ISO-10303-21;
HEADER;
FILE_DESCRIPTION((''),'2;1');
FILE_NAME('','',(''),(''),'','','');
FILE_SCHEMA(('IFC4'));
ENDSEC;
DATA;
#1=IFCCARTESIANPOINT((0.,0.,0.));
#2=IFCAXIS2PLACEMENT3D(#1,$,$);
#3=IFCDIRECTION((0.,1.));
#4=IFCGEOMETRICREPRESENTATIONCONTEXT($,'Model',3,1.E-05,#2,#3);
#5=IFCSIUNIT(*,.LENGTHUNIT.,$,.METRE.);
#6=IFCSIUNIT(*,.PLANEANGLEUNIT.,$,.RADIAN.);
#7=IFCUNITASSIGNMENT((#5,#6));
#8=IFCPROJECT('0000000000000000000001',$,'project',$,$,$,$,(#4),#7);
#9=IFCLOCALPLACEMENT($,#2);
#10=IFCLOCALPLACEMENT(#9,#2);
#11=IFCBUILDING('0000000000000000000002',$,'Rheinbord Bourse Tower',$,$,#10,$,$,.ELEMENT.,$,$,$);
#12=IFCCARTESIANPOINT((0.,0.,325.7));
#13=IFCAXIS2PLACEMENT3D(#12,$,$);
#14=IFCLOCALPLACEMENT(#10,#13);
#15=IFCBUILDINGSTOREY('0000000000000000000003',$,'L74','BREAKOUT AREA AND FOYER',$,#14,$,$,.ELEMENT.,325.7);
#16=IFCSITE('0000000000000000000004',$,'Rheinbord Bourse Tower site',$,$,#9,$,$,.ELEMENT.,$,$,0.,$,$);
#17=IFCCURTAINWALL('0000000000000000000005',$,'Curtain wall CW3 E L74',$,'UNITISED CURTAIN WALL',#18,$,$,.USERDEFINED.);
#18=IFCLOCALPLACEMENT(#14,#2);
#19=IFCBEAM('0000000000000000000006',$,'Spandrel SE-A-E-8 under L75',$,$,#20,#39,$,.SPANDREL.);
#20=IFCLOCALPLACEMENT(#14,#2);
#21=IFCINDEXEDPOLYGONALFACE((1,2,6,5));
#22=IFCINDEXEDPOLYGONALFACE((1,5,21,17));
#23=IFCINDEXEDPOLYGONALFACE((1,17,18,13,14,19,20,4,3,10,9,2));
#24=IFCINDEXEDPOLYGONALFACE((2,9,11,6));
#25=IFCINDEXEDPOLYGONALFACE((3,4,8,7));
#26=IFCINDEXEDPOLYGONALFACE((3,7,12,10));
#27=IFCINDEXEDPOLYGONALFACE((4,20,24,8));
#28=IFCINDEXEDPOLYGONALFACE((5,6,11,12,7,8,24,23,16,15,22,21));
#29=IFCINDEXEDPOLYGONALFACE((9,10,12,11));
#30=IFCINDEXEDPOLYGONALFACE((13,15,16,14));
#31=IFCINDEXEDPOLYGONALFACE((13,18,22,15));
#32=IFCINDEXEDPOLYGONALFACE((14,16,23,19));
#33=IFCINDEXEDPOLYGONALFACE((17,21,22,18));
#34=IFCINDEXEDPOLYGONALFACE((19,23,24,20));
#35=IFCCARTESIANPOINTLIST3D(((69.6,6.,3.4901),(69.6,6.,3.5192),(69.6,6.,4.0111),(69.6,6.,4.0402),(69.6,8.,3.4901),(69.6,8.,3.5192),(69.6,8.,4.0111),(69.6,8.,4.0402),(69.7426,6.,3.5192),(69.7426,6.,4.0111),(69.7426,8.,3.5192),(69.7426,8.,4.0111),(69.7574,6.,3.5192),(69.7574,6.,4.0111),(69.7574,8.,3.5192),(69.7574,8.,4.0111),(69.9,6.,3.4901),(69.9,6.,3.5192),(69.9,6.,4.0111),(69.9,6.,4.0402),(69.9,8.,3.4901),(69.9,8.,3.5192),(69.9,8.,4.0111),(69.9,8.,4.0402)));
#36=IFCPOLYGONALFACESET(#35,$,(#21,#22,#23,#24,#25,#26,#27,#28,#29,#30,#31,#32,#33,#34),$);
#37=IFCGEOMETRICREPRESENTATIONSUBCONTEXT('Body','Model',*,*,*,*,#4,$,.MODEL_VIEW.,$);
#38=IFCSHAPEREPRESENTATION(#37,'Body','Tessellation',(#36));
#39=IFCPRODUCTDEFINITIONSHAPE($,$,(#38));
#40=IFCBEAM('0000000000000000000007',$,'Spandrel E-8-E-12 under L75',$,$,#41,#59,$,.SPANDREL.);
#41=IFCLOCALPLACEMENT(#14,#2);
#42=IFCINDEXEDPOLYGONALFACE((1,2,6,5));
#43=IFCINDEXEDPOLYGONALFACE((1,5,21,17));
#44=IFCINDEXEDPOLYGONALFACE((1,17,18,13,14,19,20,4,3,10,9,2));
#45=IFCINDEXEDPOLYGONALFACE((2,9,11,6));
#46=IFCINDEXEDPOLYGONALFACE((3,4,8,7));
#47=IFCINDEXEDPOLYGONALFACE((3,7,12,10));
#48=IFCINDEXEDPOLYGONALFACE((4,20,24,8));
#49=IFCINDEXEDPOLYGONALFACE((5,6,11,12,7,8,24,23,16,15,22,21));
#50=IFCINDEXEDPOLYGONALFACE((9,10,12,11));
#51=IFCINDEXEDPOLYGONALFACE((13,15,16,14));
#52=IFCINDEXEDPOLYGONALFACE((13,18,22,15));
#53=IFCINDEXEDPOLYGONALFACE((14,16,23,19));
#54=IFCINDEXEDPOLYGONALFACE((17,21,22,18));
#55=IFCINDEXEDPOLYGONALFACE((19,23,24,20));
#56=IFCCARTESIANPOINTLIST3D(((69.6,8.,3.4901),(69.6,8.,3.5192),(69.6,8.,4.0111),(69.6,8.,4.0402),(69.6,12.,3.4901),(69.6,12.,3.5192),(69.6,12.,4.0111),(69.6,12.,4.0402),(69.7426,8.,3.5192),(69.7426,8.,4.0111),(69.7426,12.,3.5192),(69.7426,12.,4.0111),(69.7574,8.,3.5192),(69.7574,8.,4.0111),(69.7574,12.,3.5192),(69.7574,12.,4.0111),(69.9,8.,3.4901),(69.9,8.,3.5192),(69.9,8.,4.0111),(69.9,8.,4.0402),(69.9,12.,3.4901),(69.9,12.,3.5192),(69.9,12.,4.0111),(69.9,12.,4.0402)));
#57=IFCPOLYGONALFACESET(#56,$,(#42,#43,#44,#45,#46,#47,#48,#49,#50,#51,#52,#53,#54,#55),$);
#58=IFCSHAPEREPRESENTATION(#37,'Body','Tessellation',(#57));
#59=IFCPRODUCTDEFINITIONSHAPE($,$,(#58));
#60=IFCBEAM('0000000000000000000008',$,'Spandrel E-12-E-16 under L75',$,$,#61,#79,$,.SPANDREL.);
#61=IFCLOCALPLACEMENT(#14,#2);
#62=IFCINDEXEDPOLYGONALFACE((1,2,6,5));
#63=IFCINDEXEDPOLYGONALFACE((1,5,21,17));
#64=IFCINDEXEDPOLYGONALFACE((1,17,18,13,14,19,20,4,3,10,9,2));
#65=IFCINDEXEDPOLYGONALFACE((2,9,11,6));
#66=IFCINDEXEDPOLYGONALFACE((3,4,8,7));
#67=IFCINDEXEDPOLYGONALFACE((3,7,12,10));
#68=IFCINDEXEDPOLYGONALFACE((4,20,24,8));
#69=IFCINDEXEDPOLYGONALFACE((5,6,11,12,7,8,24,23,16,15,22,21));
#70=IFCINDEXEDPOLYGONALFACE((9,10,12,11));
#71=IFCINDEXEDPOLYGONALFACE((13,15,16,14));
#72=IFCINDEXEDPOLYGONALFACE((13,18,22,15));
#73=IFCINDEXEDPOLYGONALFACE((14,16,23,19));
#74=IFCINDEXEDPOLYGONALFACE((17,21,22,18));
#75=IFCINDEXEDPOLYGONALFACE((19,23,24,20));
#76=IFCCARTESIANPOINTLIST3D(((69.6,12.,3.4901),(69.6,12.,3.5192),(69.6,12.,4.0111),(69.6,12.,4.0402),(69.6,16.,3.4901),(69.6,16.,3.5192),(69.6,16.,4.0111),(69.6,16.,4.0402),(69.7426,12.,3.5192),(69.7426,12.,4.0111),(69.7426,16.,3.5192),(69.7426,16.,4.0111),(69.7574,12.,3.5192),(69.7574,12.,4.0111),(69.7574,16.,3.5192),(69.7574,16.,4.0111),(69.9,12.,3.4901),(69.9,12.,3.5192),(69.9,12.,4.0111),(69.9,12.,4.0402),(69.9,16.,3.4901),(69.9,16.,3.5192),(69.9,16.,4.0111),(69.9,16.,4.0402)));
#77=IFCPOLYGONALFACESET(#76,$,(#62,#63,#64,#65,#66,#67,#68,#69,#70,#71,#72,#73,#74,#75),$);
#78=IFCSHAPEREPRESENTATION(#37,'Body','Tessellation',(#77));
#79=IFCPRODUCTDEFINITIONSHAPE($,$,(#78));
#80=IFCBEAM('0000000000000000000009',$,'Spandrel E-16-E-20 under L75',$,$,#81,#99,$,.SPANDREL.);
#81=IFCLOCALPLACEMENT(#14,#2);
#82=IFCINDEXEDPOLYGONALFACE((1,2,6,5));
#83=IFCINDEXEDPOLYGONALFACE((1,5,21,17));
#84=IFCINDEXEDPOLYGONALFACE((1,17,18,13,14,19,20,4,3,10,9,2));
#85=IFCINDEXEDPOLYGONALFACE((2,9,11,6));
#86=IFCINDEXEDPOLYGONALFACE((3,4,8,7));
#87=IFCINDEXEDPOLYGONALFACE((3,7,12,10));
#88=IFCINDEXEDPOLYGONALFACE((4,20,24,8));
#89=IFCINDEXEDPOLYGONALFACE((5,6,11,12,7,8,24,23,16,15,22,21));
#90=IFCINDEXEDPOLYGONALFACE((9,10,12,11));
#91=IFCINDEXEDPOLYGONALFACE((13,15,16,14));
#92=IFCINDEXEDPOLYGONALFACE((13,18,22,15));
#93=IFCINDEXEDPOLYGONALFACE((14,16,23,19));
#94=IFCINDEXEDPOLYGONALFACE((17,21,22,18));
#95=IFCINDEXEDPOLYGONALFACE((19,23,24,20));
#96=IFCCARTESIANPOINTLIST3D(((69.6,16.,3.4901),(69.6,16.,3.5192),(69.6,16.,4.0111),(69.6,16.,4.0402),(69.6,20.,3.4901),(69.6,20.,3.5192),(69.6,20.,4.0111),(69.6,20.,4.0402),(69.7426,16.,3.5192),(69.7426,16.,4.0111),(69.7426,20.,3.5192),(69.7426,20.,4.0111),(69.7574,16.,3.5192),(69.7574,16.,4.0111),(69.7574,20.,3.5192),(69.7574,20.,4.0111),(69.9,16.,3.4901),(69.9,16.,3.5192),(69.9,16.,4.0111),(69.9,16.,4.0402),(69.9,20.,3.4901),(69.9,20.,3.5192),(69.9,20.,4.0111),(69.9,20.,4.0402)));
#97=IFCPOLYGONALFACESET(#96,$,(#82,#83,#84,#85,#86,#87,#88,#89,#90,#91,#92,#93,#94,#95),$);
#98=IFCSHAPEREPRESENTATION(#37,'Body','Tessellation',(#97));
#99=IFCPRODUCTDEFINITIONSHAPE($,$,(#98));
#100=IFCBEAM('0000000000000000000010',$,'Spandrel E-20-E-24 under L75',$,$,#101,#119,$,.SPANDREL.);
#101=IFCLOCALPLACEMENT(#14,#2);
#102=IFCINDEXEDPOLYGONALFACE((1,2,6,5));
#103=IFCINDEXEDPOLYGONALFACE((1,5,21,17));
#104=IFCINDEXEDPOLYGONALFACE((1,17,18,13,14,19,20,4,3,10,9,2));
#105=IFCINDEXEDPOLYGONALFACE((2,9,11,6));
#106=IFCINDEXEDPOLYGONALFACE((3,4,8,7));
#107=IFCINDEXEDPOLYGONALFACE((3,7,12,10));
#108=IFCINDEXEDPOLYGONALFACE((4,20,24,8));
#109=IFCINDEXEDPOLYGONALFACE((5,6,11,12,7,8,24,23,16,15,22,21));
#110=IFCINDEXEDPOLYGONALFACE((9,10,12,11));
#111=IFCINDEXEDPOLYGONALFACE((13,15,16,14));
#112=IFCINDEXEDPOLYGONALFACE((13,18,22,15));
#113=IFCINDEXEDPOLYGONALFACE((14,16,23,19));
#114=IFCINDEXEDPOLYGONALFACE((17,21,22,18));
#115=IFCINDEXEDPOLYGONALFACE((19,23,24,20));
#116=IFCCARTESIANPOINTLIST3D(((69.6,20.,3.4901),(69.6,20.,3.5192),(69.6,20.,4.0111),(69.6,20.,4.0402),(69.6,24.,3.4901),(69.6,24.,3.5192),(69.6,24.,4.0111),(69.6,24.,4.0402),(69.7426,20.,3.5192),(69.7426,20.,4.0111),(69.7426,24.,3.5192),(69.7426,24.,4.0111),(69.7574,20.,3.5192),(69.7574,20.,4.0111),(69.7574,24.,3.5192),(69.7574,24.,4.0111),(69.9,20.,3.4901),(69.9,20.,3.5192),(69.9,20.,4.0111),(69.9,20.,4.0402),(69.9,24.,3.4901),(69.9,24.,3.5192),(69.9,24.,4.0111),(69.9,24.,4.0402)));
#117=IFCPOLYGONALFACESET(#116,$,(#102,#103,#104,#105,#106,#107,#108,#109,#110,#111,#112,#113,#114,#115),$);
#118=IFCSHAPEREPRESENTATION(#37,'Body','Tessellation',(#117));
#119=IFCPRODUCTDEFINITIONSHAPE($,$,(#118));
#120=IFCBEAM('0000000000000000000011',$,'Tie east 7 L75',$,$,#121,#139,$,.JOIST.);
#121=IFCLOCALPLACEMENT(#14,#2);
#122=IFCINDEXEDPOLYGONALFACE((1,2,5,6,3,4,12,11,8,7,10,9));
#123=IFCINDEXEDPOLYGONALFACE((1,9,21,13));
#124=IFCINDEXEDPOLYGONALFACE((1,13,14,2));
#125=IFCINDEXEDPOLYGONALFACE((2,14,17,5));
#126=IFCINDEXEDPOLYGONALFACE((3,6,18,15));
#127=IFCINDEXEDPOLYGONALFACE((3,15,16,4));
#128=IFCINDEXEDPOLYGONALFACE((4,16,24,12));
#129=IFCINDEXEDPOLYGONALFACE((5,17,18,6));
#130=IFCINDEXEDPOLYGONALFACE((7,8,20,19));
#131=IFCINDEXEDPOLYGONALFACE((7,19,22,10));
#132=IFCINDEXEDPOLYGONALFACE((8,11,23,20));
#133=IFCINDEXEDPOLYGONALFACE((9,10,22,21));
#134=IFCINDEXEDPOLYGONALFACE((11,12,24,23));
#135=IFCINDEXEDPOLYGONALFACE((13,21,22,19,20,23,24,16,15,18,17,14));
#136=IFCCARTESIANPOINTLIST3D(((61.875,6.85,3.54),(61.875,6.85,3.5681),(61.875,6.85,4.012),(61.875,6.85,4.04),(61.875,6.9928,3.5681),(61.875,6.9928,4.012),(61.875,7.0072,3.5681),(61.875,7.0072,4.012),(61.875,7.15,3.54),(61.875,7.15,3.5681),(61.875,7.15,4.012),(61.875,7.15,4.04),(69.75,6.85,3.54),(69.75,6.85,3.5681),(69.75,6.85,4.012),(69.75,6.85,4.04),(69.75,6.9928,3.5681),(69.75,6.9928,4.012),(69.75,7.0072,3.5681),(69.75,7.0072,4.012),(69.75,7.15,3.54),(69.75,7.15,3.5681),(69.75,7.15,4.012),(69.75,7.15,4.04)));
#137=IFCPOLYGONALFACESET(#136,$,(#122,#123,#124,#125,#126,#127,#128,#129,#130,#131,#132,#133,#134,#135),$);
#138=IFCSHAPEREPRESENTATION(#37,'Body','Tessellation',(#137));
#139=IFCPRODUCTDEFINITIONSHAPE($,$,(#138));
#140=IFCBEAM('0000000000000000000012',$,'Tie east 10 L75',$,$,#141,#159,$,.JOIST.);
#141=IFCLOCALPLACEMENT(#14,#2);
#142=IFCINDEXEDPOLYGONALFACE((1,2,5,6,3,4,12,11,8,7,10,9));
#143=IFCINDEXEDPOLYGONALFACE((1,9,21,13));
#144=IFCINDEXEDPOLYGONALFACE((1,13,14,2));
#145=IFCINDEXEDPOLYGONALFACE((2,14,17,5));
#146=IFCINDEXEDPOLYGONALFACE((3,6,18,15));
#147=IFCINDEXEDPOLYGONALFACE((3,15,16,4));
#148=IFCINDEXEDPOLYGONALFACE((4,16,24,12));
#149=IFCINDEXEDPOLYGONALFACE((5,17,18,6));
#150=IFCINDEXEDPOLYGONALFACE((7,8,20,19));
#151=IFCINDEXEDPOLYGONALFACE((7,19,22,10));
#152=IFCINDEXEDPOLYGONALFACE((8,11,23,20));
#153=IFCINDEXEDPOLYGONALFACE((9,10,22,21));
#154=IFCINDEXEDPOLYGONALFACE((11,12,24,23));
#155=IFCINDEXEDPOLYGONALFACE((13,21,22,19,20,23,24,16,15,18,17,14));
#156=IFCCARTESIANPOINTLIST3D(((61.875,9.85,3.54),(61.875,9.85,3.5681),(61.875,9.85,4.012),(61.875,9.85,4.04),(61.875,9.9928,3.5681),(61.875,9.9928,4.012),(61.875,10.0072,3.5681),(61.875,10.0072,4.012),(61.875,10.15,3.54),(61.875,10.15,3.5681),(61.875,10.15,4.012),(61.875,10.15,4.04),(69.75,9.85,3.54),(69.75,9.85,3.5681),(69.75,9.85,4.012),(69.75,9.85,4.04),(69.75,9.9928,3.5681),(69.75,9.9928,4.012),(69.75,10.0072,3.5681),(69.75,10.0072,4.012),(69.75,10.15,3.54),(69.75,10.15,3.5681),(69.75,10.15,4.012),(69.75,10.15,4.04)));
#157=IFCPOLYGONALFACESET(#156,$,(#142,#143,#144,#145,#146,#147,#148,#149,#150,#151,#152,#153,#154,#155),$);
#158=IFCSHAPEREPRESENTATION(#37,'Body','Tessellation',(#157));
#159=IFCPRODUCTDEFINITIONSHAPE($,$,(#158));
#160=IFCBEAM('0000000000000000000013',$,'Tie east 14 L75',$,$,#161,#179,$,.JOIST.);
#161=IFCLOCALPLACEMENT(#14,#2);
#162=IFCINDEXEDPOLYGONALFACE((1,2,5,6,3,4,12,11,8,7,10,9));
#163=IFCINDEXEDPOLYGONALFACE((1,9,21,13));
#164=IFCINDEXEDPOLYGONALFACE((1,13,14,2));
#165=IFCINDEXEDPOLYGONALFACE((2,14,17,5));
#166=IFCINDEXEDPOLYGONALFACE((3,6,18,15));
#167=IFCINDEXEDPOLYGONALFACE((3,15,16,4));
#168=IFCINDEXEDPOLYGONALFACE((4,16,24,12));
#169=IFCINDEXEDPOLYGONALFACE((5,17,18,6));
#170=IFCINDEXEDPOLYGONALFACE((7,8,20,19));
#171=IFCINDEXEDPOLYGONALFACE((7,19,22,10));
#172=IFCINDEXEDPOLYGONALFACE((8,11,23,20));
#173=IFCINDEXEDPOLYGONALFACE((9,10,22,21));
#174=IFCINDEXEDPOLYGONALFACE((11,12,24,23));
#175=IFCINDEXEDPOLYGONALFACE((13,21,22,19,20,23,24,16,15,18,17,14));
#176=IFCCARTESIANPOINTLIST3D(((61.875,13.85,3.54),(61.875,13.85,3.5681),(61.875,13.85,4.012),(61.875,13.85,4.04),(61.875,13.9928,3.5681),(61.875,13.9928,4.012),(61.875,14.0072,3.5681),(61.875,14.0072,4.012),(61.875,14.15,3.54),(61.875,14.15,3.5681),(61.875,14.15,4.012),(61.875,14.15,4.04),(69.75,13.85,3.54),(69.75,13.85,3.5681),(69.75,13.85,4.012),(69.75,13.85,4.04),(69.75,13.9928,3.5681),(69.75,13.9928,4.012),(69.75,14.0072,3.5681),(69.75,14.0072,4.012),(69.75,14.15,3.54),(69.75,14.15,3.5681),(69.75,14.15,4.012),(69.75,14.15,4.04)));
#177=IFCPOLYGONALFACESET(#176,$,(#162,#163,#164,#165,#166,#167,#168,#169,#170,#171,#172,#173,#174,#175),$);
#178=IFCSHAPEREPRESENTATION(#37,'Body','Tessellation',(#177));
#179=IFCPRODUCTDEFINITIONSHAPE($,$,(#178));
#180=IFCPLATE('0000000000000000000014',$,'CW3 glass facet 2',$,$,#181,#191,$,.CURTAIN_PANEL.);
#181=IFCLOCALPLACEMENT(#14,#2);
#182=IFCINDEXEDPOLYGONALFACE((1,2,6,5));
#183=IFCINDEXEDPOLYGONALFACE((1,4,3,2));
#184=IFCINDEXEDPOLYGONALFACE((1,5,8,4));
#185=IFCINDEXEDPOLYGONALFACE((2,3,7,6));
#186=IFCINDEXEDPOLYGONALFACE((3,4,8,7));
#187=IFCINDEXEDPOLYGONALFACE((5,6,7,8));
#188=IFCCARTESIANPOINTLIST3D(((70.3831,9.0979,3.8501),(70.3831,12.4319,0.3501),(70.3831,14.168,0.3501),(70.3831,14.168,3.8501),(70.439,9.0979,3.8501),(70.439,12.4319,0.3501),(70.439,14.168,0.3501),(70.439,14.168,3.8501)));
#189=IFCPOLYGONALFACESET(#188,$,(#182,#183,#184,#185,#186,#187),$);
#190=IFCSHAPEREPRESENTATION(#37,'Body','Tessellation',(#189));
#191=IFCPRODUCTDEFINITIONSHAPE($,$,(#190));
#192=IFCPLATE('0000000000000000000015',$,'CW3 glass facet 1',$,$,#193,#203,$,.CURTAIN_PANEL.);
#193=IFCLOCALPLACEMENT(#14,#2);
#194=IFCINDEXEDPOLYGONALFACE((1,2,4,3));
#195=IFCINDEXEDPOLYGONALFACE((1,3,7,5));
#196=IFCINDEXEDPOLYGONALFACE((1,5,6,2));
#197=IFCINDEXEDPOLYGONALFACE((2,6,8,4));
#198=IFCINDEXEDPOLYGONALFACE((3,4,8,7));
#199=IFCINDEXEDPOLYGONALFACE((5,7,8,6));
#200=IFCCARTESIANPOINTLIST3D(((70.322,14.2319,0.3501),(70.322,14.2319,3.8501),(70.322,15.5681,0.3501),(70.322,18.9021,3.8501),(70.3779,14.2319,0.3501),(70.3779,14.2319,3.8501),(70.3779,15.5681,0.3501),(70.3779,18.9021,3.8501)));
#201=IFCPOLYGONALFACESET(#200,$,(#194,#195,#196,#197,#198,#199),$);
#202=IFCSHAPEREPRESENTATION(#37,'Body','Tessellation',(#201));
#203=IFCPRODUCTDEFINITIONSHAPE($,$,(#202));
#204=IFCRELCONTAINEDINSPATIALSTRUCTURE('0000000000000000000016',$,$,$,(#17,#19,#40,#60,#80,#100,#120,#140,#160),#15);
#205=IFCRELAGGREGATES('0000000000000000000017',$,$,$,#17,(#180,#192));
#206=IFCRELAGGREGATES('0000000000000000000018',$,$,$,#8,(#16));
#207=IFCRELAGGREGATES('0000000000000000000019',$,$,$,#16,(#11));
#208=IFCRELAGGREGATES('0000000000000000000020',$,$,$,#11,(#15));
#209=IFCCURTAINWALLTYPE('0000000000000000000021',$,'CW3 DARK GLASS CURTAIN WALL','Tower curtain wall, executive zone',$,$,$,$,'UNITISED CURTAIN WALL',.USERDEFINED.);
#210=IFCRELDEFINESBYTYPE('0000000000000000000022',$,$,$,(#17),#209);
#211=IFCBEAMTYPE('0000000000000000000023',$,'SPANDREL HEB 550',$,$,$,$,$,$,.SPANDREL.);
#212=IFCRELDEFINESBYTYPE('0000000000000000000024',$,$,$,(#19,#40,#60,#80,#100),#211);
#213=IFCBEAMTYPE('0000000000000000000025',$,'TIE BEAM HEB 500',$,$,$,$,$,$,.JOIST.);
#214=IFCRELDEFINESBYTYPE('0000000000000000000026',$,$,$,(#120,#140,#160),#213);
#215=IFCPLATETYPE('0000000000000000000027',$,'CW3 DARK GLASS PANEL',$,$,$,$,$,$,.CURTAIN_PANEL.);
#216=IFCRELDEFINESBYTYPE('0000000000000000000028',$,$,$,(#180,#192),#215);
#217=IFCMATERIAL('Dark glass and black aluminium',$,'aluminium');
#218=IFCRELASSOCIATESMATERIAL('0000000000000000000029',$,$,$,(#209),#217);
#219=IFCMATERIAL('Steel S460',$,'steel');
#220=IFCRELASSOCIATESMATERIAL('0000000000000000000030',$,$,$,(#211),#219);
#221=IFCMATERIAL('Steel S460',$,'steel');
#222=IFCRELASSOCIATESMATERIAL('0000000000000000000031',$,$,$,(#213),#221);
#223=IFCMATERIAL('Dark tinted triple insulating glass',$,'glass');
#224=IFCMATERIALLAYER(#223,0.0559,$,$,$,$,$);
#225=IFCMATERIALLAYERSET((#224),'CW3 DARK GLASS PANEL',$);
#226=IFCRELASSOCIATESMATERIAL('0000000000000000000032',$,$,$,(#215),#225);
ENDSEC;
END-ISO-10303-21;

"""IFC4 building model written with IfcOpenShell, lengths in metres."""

from ifc_helpers import new_model, si_unit, direction, frame, origin, origin_2d, place, context, subcontext, project, spatial, polyline, i_section, outline, extrude, material, layer, layer_set, material_profile, profile_set, type_object, element, aggregate, save


model = new_model("IFC4")

# Units and contexts
model_context = context("Model", 3, precision=1e-05, world=origin(), true_north=direction((0.0, 1.0)))
body_context = subcontext(model_context, "Body", "Model", "MODEL_VIEW")
ifc_project = project(units=[si_unit("LENGTHUNIT", "METRE"), si_unit("PLANEANGLEUNIT", "RADIAN")], contexts=[model_context])

# Site, building, storey
site_placement = place(None, origin())
site = spatial("IfcSite", under=ifc_project, at=site_placement, Name="Rheinbord Bourse Tower site", CompositionType="ELEMENT", RefElevation=0.0)
building_placement = place(site_placement, origin())
building = spatial("IfcBuilding", under=site, at=building_placement, Name="Rheinbord Bourse Tower", CompositionType="ELEMENT")
storey_placement = place(building_placement, frame((0.0, 0.0, 325.7)))
storey = spatial("IfcBuildingStorey", under=building, at=storey_placement, Name="L74", Description="BREAKOUT AREA AND FOYER", CompositionType="ELEMENT", Elevation=325.7)

# Curtain wall
ifc_material_1 = material(Name="Dark glass and black aluminium", Category="aluminium")
curtain_wall_type = type_object("IfcCurtainWallType", Name="CW3 DARK GLASS CURTAIN WALL", Description="Tower curtain wall, executive zone", ElementType="UNITISED CURTAIN WALL", PredefinedType="USERDEFINED", material=ifc_material_1)
curtain_wall_placement = place(storey_placement, origin())
curtain_wall = element("IfcCurtainWall", 1, at=curtain_wall_placement, inside=storey, type_object=curtain_wall_type, Name="Curtain wall CW3 E L74", ObjectType="UNITISED CURTAIN WALL", PredefinedType="USERDEFINED")

# Beams
ifc_material_2 = material(Name="Steel S460", Category="steel")
ifc_material_profile_1 = material_profile(ifc_material_2, i_section(OverallWidth=0.3, OverallDepth=0.55, WebThickness=0.0149, FlangeThickness=0.0291, at=origin_2d()), Name="HEB 550")
ifc_profile_set_1 = profile_set([ifc_material_profile_1], Name="Steel S460")
beam_type_1 = type_object("IfcBeamType", Name="SPANDREL HEB 550", PredefinedType="SPANDREL", material=ifc_profile_set_1)
beam_1_placement = place(storey_placement, frame((69.75, 6.0, 3.7651), z_axis=(0.0, 1.0, 0.0), x_axis=(-1.0, 0.0, 0.0)))
element("IfcBeam", 2, at=beam_1_placement, inside=storey, type_object=beam_type_1, Name="Spandrel SE-A-E-8 under L75", PredefinedType="SPANDREL", context=body_context, shape_type="SweptSolid", body=[
    extrude(i_section(OverallWidth=0.3, OverallDepth=0.55, WebThickness=0.0149, FlangeThickness=0.0291, at=origin_2d()), origin(), (0.0, 0.0, 1.0), 2.0),
])
for number, where, z_axis, x_axis, name in (
    (3, (69.75, 8.0, 3.7651), (0.0, 1.0, 0.0), (-1.0, 0.0, 0.0), "Spandrel E-8-E-12 under L75"),
    (4, (69.75, 12.0, 3.7651), (0.0, 1.0, 0.0), (-1.0, 0.0, 0.0), "Spandrel E-12-E-16 under L75"),
    (5, (69.75, 16.0, 3.7651), (0.0, 1.0, 0.0), (-1.0, 0.0, 0.0), "Spandrel E-16-E-20 under L75"),
    (6, (69.75, 20.0, 3.7651), (0.0, 1.0, 0.0), (-1.0, 0.0, 0.0), "Spandrel E-20-E-24 under L75"),
):
    element("IfcBeam", number, at=place(storey_placement, frame(where, z_axis=z_axis, x_axis=x_axis)), inside=storey, type_object=beam_type_1, Name=name, PredefinedType="SPANDREL", context=body_context, shape_type="SweptSolid", body=[
        extrude(i_section(OverallWidth=0.3, OverallDepth=0.55, WebThickness=0.0149, FlangeThickness=0.0291, at=origin_2d()), origin(), (0.0, 0.0, 1.0), 4.0),
    ])
ifc_material_3 = material(Name="Steel S460", Category="steel")
ifc_material_profile_2 = material_profile(ifc_material_3, i_section(OverallWidth=0.3, OverallDepth=0.5, WebThickness=0.0144, FlangeThickness=0.0281, at=origin_2d()), Name="HEB 500")
ifc_profile_set_2 = profile_set([ifc_material_profile_2], Name="Steel S460")
beam_type_2 = type_object("IfcBeamType", Name="TIE BEAM HEB 500", PredefinedType="JOIST", material=ifc_profile_set_2)
for number, where, z_axis, x_axis, name in (
    (7, (61.875, 7.0, 3.79), (1.0, 0.0, 0.0), (0.0, 1.0, 0.0), "Tie east 7 L75"),
    (8, (61.875, 10.0, 3.79), (1.0, 0.0, 0.0), (0.0, 1.0, 0.0), "Tie east 10 L75"),
    (9, (61.875, 14.0, 3.79), (1.0, 0.0, 0.0), (0.0, 1.0, 0.0), "Tie east 14 L75"),
):
    element("IfcBeam", number, at=place(storey_placement, frame(where, z_axis=z_axis, x_axis=x_axis)), inside=storey, type_object=beam_type_2, Name=name, PredefinedType="JOIST", context=body_context, shape_type="SweptSolid", body=[
        extrude(i_section(OverallWidth=0.3, OverallDepth=0.5, WebThickness=0.0144, FlangeThickness=0.0281, at=origin_2d()), origin(), (0.0, 0.0, 1.0), 7.875),
    ])

# Plates
ifc_material_4 = material(Name="Dark tinted triple insulating glass", Category="glass")
ifc_layer_1 = layer(ifc_material_4, 0.0559)
ifc_layer_set_1 = layer_set([ifc_layer_1], Name="CW3 DARK GLASS PANEL")
plate_type = type_object("IfcPlateType", Name="CW3 DARK GLASS PANEL", PredefinedType="CURTAIN_PANEL", material=ifc_layer_set_1)
plate_1_placement = place(storey_placement, frame((70.439, 14.168, 3.8501), z_axis=(-1.0, 0.0, 0.0), x_axis=(0.0, 0.0, -1.0)))
plate_1 = element("IfcPlate", 10, at=plate_1_placement, type_object=plate_type, Name="CW3 glass facet 2", PredefinedType="CURTAIN_PANEL", context=body_context, shape_type="SweptSolid", body=[
    extrude(outline(polyline([(0.0, 0.0), (3.5, 0.0), (3.5, 1.7361), (0.0, 5.0701), (0.0, 0.0)])), origin(), (0.0, 0.0, 1.0), 0.0559),
])
plate_2_placement = place(storey_placement, frame((70.3779, 14.2319, 0.3501), z_axis=(-1.0, 0.0, 0.0), x_axis=(0.0, 0.0, 1.0)))
plate_2 = element("IfcPlate", 11, at=plate_2_placement, type_object=plate_type, Name="CW3 glass facet 1", PredefinedType="CURTAIN_PANEL", context=body_context, shape_type="SweptSolid", body=[
    extrude(outline(polyline([(0.0, 0.0), (3.5, 0.0), (3.5, 4.6702), (0.0, 1.3362), (0.0, 0.0)])), origin(), (0.0, 0.0, 1.0), 0.0559),
])
aggregate(curtain_wall, [plate_1, plate_2])

save(model, "model.ifc")
